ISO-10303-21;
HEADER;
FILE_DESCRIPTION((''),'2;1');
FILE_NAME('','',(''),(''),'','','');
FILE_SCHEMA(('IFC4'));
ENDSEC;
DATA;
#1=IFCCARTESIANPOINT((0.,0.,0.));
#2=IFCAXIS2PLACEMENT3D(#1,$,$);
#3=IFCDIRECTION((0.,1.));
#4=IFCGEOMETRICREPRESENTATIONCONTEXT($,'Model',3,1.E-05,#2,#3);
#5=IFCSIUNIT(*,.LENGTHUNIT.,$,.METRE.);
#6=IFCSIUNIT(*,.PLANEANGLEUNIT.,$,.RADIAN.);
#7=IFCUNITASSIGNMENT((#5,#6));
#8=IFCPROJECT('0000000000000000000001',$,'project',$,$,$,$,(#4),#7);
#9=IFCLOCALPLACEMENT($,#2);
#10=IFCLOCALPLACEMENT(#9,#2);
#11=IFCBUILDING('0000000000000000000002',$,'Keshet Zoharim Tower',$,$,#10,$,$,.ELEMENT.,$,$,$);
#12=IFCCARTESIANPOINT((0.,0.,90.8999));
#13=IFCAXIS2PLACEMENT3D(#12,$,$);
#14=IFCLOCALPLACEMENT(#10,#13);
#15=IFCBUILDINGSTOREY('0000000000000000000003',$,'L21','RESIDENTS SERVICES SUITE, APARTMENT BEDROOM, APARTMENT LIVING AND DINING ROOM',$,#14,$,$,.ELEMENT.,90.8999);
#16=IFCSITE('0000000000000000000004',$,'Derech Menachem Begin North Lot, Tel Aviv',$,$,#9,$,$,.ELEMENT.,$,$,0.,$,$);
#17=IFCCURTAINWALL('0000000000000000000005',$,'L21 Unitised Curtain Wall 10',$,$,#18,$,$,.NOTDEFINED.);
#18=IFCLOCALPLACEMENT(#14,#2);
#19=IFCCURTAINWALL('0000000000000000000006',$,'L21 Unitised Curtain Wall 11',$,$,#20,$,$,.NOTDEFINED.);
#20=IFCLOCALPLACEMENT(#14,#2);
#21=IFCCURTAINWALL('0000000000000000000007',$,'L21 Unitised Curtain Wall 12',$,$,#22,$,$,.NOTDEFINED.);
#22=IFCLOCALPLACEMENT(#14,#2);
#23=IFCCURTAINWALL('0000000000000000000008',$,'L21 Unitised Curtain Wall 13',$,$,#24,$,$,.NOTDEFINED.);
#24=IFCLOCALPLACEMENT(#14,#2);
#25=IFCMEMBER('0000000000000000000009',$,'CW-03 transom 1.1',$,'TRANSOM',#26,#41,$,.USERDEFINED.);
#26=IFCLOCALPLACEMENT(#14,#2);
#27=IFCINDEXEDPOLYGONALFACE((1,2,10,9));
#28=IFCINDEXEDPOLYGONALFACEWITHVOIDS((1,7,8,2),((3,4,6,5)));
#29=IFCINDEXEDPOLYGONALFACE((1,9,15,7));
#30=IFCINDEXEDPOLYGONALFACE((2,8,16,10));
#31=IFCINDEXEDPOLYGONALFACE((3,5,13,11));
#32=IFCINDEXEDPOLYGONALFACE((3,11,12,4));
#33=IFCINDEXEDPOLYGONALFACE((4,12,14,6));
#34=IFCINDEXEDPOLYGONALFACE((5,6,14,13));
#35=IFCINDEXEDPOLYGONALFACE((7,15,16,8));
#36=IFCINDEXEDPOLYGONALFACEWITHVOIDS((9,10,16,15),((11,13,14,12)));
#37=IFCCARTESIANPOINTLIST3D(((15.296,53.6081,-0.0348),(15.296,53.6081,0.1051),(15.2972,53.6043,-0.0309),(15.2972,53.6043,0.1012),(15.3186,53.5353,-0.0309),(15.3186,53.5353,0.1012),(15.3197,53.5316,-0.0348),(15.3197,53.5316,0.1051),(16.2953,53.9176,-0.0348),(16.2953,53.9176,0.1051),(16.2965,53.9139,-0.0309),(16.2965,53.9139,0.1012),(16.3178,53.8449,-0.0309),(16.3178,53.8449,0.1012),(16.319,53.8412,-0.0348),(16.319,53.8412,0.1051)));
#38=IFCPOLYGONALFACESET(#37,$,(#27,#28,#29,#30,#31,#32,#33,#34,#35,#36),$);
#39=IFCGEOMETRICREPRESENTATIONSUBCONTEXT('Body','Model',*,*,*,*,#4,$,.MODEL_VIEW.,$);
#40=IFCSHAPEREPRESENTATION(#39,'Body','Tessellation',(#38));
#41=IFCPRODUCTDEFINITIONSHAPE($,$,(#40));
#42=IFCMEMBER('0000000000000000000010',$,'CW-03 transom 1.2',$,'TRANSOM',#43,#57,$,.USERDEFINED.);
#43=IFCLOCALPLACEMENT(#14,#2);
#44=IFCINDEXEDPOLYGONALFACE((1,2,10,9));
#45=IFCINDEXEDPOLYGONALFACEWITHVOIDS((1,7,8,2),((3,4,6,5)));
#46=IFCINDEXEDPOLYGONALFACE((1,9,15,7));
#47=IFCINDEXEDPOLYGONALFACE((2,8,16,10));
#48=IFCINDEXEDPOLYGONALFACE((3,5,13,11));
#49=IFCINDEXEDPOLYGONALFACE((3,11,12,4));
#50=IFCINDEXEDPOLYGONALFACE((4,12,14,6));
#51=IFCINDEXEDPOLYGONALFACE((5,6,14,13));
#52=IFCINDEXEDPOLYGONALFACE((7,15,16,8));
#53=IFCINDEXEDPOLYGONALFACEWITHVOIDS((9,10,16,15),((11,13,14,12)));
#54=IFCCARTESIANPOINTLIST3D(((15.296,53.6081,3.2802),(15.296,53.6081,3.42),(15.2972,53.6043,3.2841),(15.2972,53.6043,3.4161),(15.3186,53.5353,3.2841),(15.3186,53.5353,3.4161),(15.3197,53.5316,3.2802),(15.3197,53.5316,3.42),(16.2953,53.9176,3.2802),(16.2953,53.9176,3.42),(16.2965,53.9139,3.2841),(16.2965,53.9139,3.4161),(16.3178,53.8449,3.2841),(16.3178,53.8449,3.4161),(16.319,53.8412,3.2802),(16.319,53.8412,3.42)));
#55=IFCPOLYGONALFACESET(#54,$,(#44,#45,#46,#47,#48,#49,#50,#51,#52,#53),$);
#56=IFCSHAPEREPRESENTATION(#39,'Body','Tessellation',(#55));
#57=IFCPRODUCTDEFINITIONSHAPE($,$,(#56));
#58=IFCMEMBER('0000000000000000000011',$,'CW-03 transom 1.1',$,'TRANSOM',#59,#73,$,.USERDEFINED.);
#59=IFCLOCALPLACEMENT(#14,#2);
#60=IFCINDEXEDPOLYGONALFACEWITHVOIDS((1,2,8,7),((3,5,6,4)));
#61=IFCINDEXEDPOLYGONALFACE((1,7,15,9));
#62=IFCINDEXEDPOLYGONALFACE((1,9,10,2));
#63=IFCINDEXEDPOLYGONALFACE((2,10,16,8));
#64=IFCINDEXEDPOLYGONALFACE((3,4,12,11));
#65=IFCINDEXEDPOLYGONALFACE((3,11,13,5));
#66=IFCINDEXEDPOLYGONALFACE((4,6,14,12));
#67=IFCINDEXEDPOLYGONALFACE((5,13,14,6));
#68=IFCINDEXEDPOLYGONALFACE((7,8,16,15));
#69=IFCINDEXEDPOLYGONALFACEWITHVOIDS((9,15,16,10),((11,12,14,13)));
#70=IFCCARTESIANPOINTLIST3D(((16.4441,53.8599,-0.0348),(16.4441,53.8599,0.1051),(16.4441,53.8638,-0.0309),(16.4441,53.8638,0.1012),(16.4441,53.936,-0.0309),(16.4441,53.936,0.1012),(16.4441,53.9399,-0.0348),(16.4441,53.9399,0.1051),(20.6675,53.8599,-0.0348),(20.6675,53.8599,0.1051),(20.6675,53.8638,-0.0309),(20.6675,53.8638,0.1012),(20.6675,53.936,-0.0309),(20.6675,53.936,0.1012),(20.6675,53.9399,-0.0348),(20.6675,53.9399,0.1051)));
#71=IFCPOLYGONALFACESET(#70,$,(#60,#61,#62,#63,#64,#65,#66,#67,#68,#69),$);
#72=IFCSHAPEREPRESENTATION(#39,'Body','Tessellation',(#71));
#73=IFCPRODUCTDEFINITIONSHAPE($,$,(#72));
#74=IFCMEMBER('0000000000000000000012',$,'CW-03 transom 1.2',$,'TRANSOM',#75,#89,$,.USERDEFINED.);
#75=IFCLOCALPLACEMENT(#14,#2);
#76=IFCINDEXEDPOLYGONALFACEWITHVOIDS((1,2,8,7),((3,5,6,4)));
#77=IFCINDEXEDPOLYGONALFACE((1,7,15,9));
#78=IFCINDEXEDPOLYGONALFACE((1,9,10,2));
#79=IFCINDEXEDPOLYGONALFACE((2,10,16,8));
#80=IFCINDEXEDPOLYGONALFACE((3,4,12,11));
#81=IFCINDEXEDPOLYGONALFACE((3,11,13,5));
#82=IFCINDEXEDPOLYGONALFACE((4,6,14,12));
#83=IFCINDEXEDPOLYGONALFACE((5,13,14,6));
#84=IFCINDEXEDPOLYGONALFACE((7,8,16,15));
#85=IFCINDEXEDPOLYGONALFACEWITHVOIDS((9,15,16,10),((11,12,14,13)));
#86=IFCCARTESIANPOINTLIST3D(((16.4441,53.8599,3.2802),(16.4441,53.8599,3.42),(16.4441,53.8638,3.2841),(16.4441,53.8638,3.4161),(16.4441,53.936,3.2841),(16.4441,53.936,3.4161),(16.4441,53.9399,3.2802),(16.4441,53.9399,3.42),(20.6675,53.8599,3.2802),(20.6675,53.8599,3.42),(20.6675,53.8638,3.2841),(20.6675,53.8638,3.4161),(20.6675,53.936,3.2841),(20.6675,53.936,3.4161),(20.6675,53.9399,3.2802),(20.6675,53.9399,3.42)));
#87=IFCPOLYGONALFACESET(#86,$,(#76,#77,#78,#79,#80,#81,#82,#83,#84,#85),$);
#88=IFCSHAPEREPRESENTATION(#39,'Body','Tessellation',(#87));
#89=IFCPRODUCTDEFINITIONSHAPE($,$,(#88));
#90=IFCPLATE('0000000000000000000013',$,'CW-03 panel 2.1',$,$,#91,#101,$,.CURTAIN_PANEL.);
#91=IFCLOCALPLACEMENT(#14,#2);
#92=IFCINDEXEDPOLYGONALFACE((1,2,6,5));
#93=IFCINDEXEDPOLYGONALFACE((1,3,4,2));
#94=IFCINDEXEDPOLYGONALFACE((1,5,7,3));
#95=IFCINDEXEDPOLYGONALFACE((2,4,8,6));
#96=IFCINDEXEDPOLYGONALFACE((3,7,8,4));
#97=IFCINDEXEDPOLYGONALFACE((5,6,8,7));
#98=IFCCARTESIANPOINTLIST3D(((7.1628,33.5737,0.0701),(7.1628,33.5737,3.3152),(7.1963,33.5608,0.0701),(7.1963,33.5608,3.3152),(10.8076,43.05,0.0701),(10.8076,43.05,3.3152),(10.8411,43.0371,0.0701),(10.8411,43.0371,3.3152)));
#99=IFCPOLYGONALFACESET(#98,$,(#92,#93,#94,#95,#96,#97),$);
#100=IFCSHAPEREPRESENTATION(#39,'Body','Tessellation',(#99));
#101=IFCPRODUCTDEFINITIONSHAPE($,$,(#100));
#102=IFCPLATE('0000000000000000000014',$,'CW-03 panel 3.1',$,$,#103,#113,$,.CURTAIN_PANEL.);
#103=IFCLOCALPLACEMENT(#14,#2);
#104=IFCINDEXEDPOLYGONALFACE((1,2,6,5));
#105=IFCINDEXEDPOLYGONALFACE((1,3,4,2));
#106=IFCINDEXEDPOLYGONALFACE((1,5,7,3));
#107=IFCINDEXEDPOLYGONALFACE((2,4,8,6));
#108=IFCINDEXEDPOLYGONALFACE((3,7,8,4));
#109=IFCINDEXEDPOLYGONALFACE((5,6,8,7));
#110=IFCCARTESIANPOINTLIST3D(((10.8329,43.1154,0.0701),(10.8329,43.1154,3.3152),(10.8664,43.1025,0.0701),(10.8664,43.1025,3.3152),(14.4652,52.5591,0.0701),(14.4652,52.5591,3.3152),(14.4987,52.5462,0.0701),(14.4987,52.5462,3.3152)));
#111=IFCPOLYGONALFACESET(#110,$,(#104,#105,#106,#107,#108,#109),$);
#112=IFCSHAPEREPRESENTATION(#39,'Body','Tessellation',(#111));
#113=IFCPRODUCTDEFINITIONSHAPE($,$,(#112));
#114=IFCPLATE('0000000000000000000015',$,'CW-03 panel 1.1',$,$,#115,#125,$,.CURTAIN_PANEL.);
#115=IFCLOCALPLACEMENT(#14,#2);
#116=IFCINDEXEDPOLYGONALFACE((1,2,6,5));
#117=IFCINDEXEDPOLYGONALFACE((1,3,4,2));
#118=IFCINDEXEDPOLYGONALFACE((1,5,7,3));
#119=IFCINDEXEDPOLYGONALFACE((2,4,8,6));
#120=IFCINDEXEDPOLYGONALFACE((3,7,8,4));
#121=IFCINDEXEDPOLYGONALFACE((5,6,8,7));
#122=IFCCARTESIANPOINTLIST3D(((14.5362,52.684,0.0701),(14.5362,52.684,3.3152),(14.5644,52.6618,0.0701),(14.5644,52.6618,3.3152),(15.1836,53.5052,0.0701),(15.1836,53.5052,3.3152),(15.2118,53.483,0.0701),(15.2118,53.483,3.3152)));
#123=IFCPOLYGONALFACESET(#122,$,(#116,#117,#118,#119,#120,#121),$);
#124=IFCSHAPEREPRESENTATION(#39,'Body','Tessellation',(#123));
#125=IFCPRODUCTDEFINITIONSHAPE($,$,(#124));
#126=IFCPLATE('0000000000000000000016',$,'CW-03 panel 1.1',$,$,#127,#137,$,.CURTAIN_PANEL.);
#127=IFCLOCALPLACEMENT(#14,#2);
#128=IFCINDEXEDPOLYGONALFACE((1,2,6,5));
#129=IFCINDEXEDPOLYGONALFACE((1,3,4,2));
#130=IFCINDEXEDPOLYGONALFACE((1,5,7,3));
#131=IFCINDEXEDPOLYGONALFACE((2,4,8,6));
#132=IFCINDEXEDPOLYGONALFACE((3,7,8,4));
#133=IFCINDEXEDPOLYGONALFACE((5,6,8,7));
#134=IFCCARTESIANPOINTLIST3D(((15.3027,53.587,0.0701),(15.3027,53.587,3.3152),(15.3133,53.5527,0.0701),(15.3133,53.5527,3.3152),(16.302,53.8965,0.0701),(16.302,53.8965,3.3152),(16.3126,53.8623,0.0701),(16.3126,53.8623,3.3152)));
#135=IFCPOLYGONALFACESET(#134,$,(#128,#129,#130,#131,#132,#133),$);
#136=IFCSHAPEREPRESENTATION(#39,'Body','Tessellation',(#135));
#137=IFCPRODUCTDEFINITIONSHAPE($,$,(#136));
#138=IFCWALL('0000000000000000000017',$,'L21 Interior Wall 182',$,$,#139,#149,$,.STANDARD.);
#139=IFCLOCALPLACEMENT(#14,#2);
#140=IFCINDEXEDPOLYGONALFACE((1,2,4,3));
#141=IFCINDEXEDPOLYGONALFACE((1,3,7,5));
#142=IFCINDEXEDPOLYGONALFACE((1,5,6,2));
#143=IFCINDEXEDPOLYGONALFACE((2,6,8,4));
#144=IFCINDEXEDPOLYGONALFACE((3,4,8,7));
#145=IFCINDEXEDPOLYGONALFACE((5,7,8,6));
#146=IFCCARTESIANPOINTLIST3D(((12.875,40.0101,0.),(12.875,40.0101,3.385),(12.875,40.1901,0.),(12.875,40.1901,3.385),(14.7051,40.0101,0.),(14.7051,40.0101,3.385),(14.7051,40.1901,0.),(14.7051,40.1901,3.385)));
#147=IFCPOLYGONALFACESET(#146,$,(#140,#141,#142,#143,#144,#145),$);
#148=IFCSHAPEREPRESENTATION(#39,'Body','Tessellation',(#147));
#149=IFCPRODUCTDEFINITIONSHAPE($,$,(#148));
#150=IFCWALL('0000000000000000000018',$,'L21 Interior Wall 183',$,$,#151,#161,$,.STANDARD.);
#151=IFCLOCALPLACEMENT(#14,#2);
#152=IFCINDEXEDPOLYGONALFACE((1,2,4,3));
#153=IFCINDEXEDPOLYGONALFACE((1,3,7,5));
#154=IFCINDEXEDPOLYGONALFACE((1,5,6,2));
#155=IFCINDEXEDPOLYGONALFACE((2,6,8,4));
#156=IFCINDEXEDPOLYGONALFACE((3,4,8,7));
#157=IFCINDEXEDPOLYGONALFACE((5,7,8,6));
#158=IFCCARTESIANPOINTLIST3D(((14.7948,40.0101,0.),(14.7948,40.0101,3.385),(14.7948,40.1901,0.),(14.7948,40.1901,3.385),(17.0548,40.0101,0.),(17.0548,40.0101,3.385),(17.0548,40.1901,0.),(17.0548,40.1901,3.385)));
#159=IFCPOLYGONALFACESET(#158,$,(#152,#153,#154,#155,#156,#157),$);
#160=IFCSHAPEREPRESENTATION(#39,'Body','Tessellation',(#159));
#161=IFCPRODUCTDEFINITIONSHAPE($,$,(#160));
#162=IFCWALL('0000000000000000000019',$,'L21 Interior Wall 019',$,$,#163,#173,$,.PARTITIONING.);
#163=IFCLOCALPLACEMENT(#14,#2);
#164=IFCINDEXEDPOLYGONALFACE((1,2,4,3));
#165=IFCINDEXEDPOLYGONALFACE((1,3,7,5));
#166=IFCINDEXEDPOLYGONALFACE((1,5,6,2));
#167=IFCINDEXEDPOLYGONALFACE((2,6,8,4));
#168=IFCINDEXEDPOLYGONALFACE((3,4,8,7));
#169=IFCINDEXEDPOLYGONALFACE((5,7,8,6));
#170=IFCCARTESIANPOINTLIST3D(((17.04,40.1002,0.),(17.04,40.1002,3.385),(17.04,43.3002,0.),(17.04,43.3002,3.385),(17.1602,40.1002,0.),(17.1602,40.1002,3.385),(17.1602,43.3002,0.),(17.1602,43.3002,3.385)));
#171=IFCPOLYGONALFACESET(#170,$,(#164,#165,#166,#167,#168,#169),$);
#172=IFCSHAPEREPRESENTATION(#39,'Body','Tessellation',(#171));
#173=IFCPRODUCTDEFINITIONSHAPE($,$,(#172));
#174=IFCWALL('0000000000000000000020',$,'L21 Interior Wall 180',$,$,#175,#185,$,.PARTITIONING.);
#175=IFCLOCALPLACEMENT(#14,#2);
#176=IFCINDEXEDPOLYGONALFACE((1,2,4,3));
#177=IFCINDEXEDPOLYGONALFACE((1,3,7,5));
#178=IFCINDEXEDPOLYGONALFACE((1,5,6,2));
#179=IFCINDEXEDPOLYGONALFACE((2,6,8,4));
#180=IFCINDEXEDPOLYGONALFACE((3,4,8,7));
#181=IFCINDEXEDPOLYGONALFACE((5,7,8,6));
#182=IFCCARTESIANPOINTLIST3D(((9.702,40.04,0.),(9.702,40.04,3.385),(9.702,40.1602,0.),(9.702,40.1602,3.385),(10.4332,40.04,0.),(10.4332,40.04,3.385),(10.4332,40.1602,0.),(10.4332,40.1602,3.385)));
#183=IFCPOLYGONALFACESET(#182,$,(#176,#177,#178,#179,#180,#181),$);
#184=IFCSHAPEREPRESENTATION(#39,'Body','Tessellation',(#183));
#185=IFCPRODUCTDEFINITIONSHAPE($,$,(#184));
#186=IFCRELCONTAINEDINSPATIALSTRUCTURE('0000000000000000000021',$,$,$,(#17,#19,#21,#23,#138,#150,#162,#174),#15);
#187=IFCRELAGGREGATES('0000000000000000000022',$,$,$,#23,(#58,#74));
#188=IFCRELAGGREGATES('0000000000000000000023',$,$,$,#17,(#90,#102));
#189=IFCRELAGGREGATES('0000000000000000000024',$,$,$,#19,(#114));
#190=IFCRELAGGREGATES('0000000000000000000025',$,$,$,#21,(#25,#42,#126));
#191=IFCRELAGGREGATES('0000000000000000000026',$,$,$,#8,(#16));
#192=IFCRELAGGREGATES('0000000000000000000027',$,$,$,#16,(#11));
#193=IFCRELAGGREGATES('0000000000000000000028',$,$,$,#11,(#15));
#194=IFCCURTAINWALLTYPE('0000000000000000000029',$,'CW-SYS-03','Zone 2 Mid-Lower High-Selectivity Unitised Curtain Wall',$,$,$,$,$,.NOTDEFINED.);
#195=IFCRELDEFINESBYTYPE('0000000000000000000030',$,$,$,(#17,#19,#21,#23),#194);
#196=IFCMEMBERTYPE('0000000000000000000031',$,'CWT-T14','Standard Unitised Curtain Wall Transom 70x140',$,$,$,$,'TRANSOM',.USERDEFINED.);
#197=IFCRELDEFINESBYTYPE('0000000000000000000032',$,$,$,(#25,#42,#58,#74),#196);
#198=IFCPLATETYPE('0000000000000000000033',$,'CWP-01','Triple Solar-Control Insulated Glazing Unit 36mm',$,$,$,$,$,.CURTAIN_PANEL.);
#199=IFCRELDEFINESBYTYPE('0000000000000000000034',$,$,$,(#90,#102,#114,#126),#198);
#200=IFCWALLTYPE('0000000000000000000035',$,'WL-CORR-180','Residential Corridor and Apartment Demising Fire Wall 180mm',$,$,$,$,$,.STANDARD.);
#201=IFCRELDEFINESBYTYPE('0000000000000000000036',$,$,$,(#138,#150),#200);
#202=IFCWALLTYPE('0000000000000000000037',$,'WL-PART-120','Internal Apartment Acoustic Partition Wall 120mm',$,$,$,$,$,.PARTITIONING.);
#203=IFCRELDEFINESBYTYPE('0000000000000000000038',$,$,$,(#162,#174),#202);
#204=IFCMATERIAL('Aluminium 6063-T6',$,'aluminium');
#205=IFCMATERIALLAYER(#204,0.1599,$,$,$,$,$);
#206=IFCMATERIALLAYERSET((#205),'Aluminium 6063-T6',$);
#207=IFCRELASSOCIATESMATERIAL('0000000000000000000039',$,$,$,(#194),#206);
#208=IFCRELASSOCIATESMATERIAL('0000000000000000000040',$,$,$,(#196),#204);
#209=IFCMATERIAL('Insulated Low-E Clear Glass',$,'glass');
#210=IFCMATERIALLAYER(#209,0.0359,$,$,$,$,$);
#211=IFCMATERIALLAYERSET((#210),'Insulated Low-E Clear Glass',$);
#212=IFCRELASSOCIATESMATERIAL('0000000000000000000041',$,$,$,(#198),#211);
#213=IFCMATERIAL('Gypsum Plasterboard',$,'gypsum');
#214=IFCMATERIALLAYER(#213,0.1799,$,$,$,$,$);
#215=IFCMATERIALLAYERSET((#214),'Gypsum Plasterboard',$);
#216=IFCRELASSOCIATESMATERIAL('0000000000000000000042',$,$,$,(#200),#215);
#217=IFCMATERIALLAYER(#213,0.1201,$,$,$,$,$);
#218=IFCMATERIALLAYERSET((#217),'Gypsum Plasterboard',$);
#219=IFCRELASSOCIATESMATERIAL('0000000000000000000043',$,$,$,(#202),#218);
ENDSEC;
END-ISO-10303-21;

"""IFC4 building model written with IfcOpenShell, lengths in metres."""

from ifc_helpers import new_model, si_unit, direction, frame, frame_2d, origin, origin_2d, place, context, subcontext, project, spatial, rectangle, hollow_rectangle, extrude, material, layer, layer_set, material_profile, profile_set, type_object, element, aggregate, save


model = new_model("IFC4")

# Units and contexts
model_context = context("Model", 3, precision=1e-05, world=origin(), true_north=direction((0.0, 1.0)))
body_context = subcontext(model_context, "Body", "Model", "MODEL_VIEW")
ifc_project = project(units=[si_unit("LENGTHUNIT", "METRE"), si_unit("PLANEANGLEUNIT", "RADIAN")], contexts=[model_context])

# Site, building, storey
site_placement = place(None, origin())
site = spatial("IfcSite", under=ifc_project, at=site_placement, Name="Derech Menachem Begin North Lot, Tel Aviv", CompositionType="ELEMENT", RefElevation=0.0)
building_placement = place(site_placement, origin())
building = spatial("IfcBuilding", under=site, at=building_placement, Name="Keshet Zoharim Tower", CompositionType="ELEMENT")
storey_placement = place(building_placement, frame((0.0, 0.0, 90.8999)))
storey = spatial("IfcBuildingStorey", under=building, at=storey_placement, Name="L21", Description="RESIDENTS SERVICES SUITE, APARTMENT BEDROOM, APARTMENT LIVING AND DINING ROOM", CompositionType="ELEMENT", Elevation=90.8999)

# Curtain walls
ifc_material_1 = material(Name="Aluminium 6063-T6", Category="aluminium")
ifc_layer_1 = layer(ifc_material_1, 0.1599)
ifc_layer_set_1 = layer_set([ifc_layer_1], Name="Aluminium 6063-T6")
curtain_wall_type = type_object("IfcCurtainWallType", Name="CW-SYS-03", Description="Zone 2 Mid-Lower High-Selectivity Unitised Curtain Wall", PredefinedType="NOTDEFINED", material=ifc_layer_set_1)
curtain_wall_1_placement = place(storey_placement, origin())
curtain_wall_1 = element("IfcCurtainWall", 1, at=curtain_wall_1_placement, inside=storey, type_object=curtain_wall_type, Name="L21 Unitised Curtain Wall 10", PredefinedType="NOTDEFINED")
curtain_wall_2_placement = place(storey_placement, origin())
curtain_wall_2 = element("IfcCurtainWall", 2, at=curtain_wall_2_placement, inside=storey, type_object=curtain_wall_type, Name="L21 Unitised Curtain Wall 11", PredefinedType="NOTDEFINED")
curtain_wall_3_placement = place(storey_placement, origin())
curtain_wall_3 = element("IfcCurtainWall", 3, at=curtain_wall_3_placement, inside=storey, type_object=curtain_wall_type, Name="L21 Unitised Curtain Wall 12", PredefinedType="NOTDEFINED")

# Curtain wall
curtain_wall_4_placement = place(storey_placement, origin())
curtain_wall_4 = element("IfcCurtainWall", 4, at=curtain_wall_4_placement, inside=storey, type_object=curtain_wall_type, Name="L21 Unitised Curtain Wall 13", PredefinedType="NOTDEFINED")

# Members
ifc_material_profile_1 = material_profile(ifc_material_1, hollow_rectangle(XDim=0.0801, YDim=0.1399, WallThickness=0.0039, at=origin_2d()), Name="TRN-80x140")
ifc_profile_set_1 = profile_set([ifc_material_profile_1], Name="Aluminium 6063-T6")
member_type_1 = type_object("IfcMemberType", Name="CWT-T14", Description="Standard Unitised Curtain Wall Transom 70x140", ElementType="TRANSOM", PredefinedType="USERDEFINED", material=ifc_profile_set_1)
member_1_placement = place(storey_placement, frame((15.3079, 53.5698, 0.0352), z_axis=(0.955212, 0.295922, 0.0), x_axis=(-0.295922, 0.955212, 0.0)))
member_1 = element("IfcMember", 5, at=member_1_placement, type_object=member_type_1, Name="CW-03 transom 1.1", ObjectType="TRANSOM", PredefinedType="USERDEFINED", context=body_context, shape_type="SweptSolid", body=[
    extrude(hollow_rectangle(XDim=0.0801, YDim=0.1399, WallThickness=0.0039, at=origin_2d()), origin(), (0.0, 0.0, 1.0), 1.0461),
])
member_2_placement = place(storey_placement, frame((15.3079, 53.5698, 3.3501), z_axis=(0.955212, 0.295922, 0.0), x_axis=(-0.295922, 0.955212, 0.0)))
member_2 = element("IfcMember", 6, at=member_2_placement, type_object=member_type_1, Name="CW-03 transom 1.2", ObjectType="TRANSOM", PredefinedType="USERDEFINED", context=body_context, shape_type="SweptSolid", body=[
    extrude(hollow_rectangle(XDim=0.0801, YDim=0.1399, WallThickness=0.0039, at=origin_2d()), origin(), (0.0, 0.0, 1.0), 1.0461),
])
member_3_placement = place(storey_placement, frame((16.4441, 53.8999, 0.0352), z_axis=(1.0, 0.0, 0.0), x_axis=(0.0, 1.0, 0.0)))
member_3 = element("IfcMember", 7, at=member_3_placement, type_object=member_type_1, Name="CW-03 transom 1.1", ObjectType="TRANSOM", PredefinedType="USERDEFINED", context=body_context, shape_type="SweptSolid", body=[
    extrude(hollow_rectangle(XDim=0.0801, YDim=0.1399, WallThickness=0.0039, at=origin_2d()), origin(), (0.0, 0.0, 1.0), 4.2234),
])
member_4_placement = place(storey_placement, frame((16.4441, 53.8999, 3.3501), z_axis=(1.0, 0.0, 0.0), x_axis=(0.0, 1.0, 0.0)))
member_4 = element("IfcMember", 8, at=member_4_placement, type_object=member_type_1, Name="CW-03 transom 1.2", ObjectType="TRANSOM", PredefinedType="USERDEFINED", context=body_context, shape_type="SweptSolid", body=[
    extrude(hollow_rectangle(XDim=0.0801, YDim=0.1399, WallThickness=0.0039, at=origin_2d()), origin(), (0.0, 0.0, 1.0), 4.2234),
])
aggregate(curtain_wall_4, [member_3, member_4])

# Plates
ifc_material_2 = material(Name="Insulated Low-E Clear Glass", Category="glass")
ifc_layer_2 = layer(ifc_material_2, 0.0359)
ifc_layer_set_2 = layer_set([ifc_layer_2], Name="Insulated Low-E Clear Glass")
plate_type = type_object("IfcPlateType", Name="CWP-01", Description="Triple Solar-Control Insulated Glazing Unit 36mm", PredefinedType="CURTAIN_PANEL", material=ifc_layer_set_2)
plate_1_placement = place(storey_placement, frame((9.002, 38.3054, 0.0701), z_axis=(0.0, 0.0, 1.0), x_axis=(0.35899, 0.933341, 0.0)))
plate_1 = element("IfcPlate", 9, at=plate_1_placement, type_object=plate_type, Name="CW-03 panel 2.1", PredefinedType="CURTAIN_PANEL", context=body_context, shape_type="SweptSolid", body=[
    extrude(rectangle(XDim=10.1531, YDim=0.0359, at=origin_2d()), origin(), (0.0, 0.0, 1.0), 3.2451),
])
plate_2_placement = place(storey_placement, frame((12.6658, 47.8308, 0.0701), z_axis=(0.0, 0.0, 1.0), x_axis=(0.35899, 0.933341, 0.0)))
plate_2 = element("IfcPlate", 10, at=plate_2_placement, type_object=plate_type, Name="CW-03 panel 3.1", PredefinedType="CURTAIN_PANEL", context=body_context, shape_type="SweptSolid", body=[
    extrude(rectangle(XDim=10.1182, YDim=0.0359, at=origin_2d()), origin(), (0.0, 0.0, 1.0), 3.2451),
])
aggregate(curtain_wall_1, [plate_1, plate_2])
plate_3_placement = place(storey_placement, frame((14.874, 53.0835, 0.0701), z_axis=(0.0, 0.0, 1.0), x_axis=(0.619125, 0.785293, 0.0)))
plate_3 = element("IfcPlate", 11, at=plate_3_placement, type_object=plate_type, Name="CW-03 panel 1.1", PredefinedType="CURTAIN_PANEL", context=body_context, shape_type="SweptSolid", body=[
    extrude(rectangle(XDim=1.0457, YDim=0.0359, at=origin_2d()), origin(), (0.0, 0.0, 1.0), 3.2451),
])
aggregate(curtain_wall_2, [plate_3])
plate_4_placement = place(storey_placement, frame((15.8076, 53.7246, 0.0701), z_axis=(0.0, 0.0, 1.0), x_axis=(0.955212, 0.295922, 0.0)))
plate_4 = element("IfcPlate", 12, at=plate_4_placement, type_object=plate_type, Name="CW-03 panel 1.1", PredefinedType="CURTAIN_PANEL", context=body_context, shape_type="SweptSolid", body=[
    extrude(rectangle(XDim=1.0461, YDim=0.0359, at=origin_2d()), origin(), (0.0, 0.0, 1.0), 3.2451),
])
aggregate(curtain_wall_3, [member_1, member_2, plate_4])

# Walls
ifc_material_3 = material(Name="Gypsum Plasterboard", Category="gypsum")
ifc_layer_3 = layer(ifc_material_3, 0.1799)
ifc_layer_set_3 = layer_set([ifc_layer_3], Name="Gypsum Plasterboard")
wall_type_1 = type_object("IfcWallType", Name="WL-CORR-180", Description="Residential Corridor and Apartment Demising Fire Wall 180mm", PredefinedType="STANDARD", material=ifc_layer_set_3)
wall_1_placement = place(storey_placement, frame((12.875, 40.1001, 0.0), z_axis=(0.0, 0.0, 1.0), x_axis=(1.0, 0.0, 0.0)))
element("IfcWall", 13, at=wall_1_placement, inside=storey, type_object=wall_type_1, Name="L21 Interior Wall 182", PredefinedType="STANDARD", context=body_context, shape_type="SweptSolid", body=[
    extrude(rectangle(XDim=1.8301, YDim=0.1799, at=frame_2d((0.915, 0.0))), origin(), (0.0, 0.0, 1.0), 3.385),
])
wall_2_placement = place(storey_placement, frame((14.7949, 40.1001, 0.0), z_axis=(0.0, 0.0, 1.0), x_axis=(1.0, 0.0, 0.0)))
element("IfcWall", 14, at=wall_2_placement, inside=storey, type_object=wall_type_1, Name="L21 Interior Wall 183", PredefinedType="STANDARD", context=body_context, shape_type="SweptSolid", body=[
    extrude(rectangle(XDim=2.26, YDim=0.1799, at=frame_2d((1.1299, 0.0))), origin(), (0.0, 0.0, 1.0), 3.385),
])

# Shared definitions
ifc_layer_4 = layer(ifc_material_3, 0.1201)
ifc_layer_set_4 = layer_set([ifc_layer_4], Name="Gypsum Plasterboard")
wall_type_2 = type_object("IfcWallType", Name="WL-PART-120", Description="Internal Apartment Acoustic Partition Wall 120mm", PredefinedType="PARTITIONING", material=ifc_layer_set_4)

# Walls
wall_3_placement = place(storey_placement, frame((17.1001, 40.1001, 0.0), z_axis=(0.0, 0.0, 1.0), x_axis=(0.0, 1.0, 0.0)))
element("IfcWall", 15, at=wall_3_placement, inside=storey, type_object=wall_type_2, Name="L21 Interior Wall 019", PredefinedType="PARTITIONING", context=body_context, shape_type="SweptSolid", body=[
    extrude(rectangle(XDim=3.2, YDim=0.1201, at=frame_2d((1.6001, 0.0))), origin(), (0.0, 0.0, 1.0), 3.385),
])
wall_4_placement = place(storey_placement, frame((9.7019, 40.1001, 0.0), z_axis=(0.0, 0.0, 1.0), x_axis=(1.0, 0.0, 0.0)))
element("IfcWall", 16, at=wall_4_placement, inside=storey, type_object=wall_type_2, Name="L21 Interior Wall 180", PredefinedType="PARTITIONING", context=body_context, shape_type="SweptSolid", body=[
    extrude(rectangle(XDim=0.7312, YDim=0.1201, at=frame_2d((0.3657, 0.0))), origin(), (0.0, 0.0, 1.0), 3.385),
])

save(model, "model.ifc")
